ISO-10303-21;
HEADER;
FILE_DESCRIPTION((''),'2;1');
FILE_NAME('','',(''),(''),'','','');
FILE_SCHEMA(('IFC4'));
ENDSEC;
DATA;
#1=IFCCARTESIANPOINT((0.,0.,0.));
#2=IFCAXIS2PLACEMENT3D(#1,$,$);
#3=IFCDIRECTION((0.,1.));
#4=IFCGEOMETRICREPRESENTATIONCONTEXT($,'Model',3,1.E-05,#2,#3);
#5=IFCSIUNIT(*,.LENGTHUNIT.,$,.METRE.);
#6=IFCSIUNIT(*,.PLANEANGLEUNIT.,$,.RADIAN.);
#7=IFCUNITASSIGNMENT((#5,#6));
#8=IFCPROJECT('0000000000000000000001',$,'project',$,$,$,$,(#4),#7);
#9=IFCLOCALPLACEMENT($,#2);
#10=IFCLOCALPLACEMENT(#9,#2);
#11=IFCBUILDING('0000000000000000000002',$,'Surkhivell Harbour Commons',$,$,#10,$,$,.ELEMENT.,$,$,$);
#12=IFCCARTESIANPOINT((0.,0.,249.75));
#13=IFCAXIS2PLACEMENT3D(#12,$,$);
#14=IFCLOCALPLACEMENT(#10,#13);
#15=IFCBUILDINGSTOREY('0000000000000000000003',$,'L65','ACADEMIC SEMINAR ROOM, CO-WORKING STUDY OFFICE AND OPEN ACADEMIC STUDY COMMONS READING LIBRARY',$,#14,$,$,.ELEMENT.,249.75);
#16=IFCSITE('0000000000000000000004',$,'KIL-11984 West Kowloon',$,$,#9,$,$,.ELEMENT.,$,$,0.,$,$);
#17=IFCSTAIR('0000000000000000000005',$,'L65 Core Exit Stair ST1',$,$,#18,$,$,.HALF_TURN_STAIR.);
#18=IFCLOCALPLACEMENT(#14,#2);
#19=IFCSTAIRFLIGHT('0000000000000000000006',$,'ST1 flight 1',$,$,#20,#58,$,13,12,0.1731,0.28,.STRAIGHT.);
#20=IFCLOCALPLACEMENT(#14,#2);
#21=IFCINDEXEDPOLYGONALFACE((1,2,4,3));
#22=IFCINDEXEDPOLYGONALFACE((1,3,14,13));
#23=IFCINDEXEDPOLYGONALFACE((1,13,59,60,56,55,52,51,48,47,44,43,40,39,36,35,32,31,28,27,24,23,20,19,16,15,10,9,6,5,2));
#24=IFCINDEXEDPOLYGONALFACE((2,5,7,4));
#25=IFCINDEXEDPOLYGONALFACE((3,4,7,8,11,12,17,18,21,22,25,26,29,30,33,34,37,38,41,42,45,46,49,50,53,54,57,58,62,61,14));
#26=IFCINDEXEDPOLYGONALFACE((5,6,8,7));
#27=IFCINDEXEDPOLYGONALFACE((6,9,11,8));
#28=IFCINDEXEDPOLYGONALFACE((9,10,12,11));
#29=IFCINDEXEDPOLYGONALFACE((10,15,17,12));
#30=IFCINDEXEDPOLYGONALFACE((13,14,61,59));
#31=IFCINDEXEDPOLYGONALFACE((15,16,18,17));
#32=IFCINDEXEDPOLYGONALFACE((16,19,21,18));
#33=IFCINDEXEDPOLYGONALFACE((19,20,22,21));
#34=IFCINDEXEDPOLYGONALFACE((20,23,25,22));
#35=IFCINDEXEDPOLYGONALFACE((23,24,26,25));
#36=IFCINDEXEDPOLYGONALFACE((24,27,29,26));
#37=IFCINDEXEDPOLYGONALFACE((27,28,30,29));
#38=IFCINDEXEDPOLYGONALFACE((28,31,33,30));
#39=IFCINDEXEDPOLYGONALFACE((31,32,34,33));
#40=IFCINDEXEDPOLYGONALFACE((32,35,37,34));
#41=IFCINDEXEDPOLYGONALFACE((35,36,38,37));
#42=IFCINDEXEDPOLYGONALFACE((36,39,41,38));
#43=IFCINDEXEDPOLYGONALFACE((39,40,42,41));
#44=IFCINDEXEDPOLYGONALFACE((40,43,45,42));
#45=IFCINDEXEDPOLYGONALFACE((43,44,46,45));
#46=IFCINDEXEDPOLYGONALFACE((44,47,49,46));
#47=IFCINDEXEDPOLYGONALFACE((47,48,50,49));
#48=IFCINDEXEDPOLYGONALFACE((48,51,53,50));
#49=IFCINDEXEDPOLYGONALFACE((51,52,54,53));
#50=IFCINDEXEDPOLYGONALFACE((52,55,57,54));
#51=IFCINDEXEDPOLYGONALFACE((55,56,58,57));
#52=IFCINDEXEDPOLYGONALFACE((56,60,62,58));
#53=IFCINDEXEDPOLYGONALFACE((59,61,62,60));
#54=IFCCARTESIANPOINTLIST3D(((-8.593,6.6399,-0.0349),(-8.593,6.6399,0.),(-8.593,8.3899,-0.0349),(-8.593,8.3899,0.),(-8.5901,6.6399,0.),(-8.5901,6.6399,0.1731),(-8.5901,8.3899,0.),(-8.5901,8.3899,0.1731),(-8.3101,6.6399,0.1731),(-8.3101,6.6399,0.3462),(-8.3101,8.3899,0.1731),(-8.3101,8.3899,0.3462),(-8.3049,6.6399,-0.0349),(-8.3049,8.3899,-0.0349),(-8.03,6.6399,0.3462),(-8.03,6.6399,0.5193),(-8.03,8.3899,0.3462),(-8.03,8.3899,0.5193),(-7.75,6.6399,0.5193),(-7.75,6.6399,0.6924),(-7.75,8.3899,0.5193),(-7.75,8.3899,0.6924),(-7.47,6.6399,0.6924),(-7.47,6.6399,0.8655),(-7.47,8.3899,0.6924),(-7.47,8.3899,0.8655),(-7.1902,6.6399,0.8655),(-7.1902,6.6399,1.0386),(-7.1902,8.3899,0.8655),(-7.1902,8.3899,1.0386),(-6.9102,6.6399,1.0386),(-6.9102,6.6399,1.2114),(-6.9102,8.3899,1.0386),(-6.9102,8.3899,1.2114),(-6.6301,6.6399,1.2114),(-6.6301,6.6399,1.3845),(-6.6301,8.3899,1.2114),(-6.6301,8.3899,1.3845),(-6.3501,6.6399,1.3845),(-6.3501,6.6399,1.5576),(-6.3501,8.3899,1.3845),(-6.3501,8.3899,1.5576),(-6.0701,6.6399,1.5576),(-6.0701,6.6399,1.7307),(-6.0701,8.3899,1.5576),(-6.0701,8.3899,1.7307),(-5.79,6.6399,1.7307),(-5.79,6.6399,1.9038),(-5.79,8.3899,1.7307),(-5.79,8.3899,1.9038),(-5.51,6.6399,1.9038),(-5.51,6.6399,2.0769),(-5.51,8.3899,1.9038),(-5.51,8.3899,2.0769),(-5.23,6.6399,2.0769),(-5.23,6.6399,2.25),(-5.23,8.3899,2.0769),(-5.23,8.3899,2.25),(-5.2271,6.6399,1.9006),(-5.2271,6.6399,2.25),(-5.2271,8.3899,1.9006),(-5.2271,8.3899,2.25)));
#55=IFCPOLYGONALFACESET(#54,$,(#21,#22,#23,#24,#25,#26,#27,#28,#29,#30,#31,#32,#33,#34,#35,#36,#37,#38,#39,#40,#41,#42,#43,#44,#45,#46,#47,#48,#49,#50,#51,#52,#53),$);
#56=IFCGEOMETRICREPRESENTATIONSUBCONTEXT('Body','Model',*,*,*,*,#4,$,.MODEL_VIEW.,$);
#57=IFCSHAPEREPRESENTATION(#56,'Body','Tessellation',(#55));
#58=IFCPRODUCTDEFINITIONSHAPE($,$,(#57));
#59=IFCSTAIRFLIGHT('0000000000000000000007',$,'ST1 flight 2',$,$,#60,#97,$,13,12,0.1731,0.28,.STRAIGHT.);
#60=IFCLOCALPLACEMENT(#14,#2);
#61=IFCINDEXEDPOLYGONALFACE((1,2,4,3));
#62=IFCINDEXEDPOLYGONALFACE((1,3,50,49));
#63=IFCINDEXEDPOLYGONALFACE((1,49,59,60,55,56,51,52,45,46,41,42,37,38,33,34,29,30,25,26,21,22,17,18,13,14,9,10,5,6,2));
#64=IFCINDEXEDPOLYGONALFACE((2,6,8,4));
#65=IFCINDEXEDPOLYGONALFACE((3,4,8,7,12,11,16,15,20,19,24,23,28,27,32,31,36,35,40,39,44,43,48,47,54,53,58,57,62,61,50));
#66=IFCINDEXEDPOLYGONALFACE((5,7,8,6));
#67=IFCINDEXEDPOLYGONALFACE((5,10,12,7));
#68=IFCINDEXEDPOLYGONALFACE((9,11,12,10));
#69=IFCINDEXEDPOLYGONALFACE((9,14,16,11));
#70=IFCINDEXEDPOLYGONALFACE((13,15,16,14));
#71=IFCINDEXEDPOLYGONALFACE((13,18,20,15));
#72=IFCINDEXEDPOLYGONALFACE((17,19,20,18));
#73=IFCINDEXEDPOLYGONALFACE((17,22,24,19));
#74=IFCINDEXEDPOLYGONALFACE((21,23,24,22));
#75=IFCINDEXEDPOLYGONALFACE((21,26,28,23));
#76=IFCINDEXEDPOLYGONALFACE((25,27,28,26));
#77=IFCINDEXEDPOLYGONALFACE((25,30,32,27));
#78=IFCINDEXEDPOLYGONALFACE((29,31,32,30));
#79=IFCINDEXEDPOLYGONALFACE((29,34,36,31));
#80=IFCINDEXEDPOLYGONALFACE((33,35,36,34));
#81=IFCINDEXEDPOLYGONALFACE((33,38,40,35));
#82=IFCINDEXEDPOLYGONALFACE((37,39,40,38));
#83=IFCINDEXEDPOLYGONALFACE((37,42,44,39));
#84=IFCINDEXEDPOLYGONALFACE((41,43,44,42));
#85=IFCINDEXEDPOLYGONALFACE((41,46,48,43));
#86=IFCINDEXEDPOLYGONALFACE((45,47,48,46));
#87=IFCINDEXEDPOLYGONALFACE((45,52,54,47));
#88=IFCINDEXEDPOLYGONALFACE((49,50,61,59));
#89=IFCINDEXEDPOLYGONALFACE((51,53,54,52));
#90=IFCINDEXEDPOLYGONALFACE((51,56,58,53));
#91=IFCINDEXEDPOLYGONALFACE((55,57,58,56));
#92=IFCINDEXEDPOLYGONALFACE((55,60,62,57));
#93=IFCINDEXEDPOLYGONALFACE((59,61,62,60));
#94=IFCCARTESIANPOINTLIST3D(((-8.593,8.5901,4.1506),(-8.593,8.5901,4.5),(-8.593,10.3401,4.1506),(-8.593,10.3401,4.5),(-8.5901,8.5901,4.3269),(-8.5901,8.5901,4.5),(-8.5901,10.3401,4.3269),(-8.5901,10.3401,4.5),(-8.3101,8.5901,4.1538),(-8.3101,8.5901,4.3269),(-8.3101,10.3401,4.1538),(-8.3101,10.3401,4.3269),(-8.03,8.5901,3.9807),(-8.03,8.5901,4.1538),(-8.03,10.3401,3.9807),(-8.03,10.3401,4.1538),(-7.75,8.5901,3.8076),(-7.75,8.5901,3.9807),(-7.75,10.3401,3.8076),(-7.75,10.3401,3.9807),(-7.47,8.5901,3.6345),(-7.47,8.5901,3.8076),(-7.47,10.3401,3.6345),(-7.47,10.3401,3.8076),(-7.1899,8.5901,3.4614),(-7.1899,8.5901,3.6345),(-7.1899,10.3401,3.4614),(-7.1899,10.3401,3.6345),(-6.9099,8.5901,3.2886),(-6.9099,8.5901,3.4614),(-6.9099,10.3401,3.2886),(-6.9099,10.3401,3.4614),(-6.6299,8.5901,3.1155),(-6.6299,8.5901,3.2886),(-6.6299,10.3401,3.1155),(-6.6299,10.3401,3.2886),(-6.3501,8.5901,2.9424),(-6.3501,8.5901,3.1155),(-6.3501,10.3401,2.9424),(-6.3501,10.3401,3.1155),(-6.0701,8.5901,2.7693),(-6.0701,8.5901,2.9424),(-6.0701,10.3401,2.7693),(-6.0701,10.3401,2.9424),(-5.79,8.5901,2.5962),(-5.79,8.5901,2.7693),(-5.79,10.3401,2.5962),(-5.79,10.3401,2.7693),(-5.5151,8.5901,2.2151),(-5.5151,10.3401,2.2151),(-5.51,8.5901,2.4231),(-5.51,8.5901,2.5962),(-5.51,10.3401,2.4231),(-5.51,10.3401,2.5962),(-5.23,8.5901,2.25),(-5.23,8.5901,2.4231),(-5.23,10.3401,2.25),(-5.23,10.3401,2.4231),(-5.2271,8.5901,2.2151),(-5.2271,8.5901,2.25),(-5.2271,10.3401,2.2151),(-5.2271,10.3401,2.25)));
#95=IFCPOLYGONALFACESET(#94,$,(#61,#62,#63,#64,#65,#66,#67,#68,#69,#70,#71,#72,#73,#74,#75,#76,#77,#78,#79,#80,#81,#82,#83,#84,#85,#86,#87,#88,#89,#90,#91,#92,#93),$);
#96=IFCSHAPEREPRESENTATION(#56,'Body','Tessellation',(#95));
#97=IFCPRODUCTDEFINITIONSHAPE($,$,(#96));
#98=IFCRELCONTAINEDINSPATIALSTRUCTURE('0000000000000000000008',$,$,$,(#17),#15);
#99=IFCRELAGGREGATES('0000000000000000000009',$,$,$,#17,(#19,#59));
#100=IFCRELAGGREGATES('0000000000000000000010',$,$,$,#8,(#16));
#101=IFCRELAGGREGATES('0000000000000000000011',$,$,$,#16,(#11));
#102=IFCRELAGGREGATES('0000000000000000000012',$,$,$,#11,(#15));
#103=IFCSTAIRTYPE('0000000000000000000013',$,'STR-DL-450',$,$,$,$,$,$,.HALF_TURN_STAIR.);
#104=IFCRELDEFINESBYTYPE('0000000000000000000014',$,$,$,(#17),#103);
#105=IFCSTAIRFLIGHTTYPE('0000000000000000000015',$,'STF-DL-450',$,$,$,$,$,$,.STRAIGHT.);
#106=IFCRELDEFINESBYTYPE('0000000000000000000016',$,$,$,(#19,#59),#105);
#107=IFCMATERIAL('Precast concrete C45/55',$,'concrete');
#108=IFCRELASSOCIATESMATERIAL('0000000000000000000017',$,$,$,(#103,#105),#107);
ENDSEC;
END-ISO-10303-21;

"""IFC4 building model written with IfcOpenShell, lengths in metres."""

from ifc_helpers import new_model, si_unit, direction, frame, origin, place, context, subcontext, project, spatial, polyline, outline, extrude, material, type_object, element, aggregate, save


model = new_model("IFC4")

# Units and contexts
model_context = context("Model", 3, precision=1e-05, world=origin(), true_north=direction((0.0, 1.0)))
body_context = subcontext(model_context, "Body", "Model", "MODEL_VIEW")
ifc_project = project(units=[si_unit("LENGTHUNIT", "METRE"), si_unit("PLANEANGLEUNIT", "RADIAN")], contexts=[model_context])

# Site, building, storey
site_placement = place(None, origin())
site = spatial("IfcSite", under=ifc_project, at=site_placement, Name="KIL-11984 West Kowloon", CompositionType="ELEMENT", RefElevation=0.0)
building_placement = place(site_placement, origin())
building = spatial("IfcBuilding", under=site, at=building_placement, Name="Surkhivell Harbour Commons", CompositionType="ELEMENT")
storey_placement = place(building_placement, frame((0.0, 0.0, 249.75)))
storey = spatial("IfcBuildingStorey", under=building, at=storey_placement, Name="L65", Description="ACADEMIC SEMINAR ROOM, CO-WORKING STUDY OFFICE AND OPEN ACADEMIC STUDY COMMONS READING LIBRARY", CompositionType="ELEMENT", Elevation=249.75)

# Stair, stair flights
ifc_material_1 = material(Name="Precast concrete C45/55", Category="concrete")
stair_type = type_object("IfcStairType", Name="STR-DL-450", PredefinedType="HALF_TURN_STAIR", material=ifc_material_1)
stair_placement = place(storey_placement, origin())
stair = element("IfcStair", 1, at=stair_placement, inside=storey, type_object=stair_type, Name="L65 Core Exit Stair ST1", PredefinedType="HALF_TURN_STAIR")
stair_flight_type = type_object("IfcStairFlightType", Name="STF-DL-450", PredefinedType="STRAIGHT", material=ifc_material_1)
stair_flight_1_placement = place(storey_placement, frame((-8.5901, 7.5149, 0.0), z_axis=(0.0, 0.0, 1.0), x_axis=(1.0, 0.0, 0.0)))
stair_flight_1 = element("IfcStairFlight", 2, at=stair_flight_1_placement, type_object=stair_flight_type, Name="ST1 flight 1", NumberOfRisers=13, NumberOfTreads=12, PredefinedType="STRAIGHT", RiserHeight=0.1731, TreadLength=0.28, context=body_context, shape_type="SweptSolid", body=[
    extrude(outline(polyline([(-0.0029, -0.0349), (-0.0029, 0.0), (0.0, 0.0), (0.0, 0.1731), (0.28, 0.1731), (0.28, 0.3462), (0.5601, 0.3462), (0.5601, 0.5193), (0.8401, 0.5193), (0.8401, 0.6924), (1.1201, 0.6924), (1.1201, 0.8655), (1.3999, 0.8655), (1.3999, 1.0386), (1.6799, 1.0386), (1.6799, 1.2114), (1.96, 1.2114), (1.96, 1.3845), (2.24, 1.3845), (2.24, 1.5576), (2.52, 1.5576), (2.52, 1.7307), (2.8, 1.7307), (2.8, 1.9038), (3.0801, 1.9038), (3.0801, 2.0769), (3.3601, 2.0769), (3.3601, 2.25), (3.363, 2.25), (3.363, 1.9006), (0.2852, -0.0349), (-0.0029, -0.0349)])), frame((0.0, 0.875, 0.0), z_axis=(0.0, -1.0, 0.0), x_axis=(1.0, 0.0, 0.0)), (0.0, 0.0, 1.0), 1.75),
])
stair_flight_2_placement = place(storey_placement, frame((-5.23, 9.4651, 2.25), z_axis=(0.0, 0.0, 1.0), x_axis=(-1.0, 0.0, 0.0)))
stair_flight_2 = element("IfcStairFlight", 3, at=stair_flight_2_placement, type_object=stair_flight_type, Name="ST1 flight 2", NumberOfRisers=13, NumberOfTreads=12, PredefinedType="STRAIGHT", RiserHeight=0.1731, TreadLength=0.28, context=body_context, shape_type="SweptSolid", body=[
    extrude(outline(polyline([(-0.0029, -0.0349), (-0.0029, 0.0), (0.0, 0.0), (0.0, 0.1731), (0.28, 0.1731), (0.28, 0.3462), (0.5601, 0.3462), (0.5601, 0.5193), (0.8401, 0.5193), (0.8401, 0.6924), (1.1201, 0.6924), (1.1201, 0.8655), (1.3999, 0.8655), (1.3999, 1.0386), (1.6799, 1.0386), (1.6799, 1.2114), (1.96, 1.2114), (1.96, 1.3845), (2.24, 1.3845), (2.24, 1.5576), (2.52, 1.5576), (2.52, 1.7307), (2.8, 1.7307), (2.8, 1.9038), (3.0801, 1.9038), (3.0801, 2.0769), (3.3601, 2.0769), (3.3601, 2.25), (3.363, 2.25), (3.363, 1.9006), (0.2852, -0.0349), (-0.0029, -0.0349)])), frame((0.0, 0.875, 0.0), z_axis=(0.0, -1.0, 0.0), x_axis=(1.0, 0.0, 0.0)), (0.0, 0.0, 1.0), 1.75),
])
aggregate(stair, [stair_flight_1, stair_flight_2])

save(model, "model.ifc")
